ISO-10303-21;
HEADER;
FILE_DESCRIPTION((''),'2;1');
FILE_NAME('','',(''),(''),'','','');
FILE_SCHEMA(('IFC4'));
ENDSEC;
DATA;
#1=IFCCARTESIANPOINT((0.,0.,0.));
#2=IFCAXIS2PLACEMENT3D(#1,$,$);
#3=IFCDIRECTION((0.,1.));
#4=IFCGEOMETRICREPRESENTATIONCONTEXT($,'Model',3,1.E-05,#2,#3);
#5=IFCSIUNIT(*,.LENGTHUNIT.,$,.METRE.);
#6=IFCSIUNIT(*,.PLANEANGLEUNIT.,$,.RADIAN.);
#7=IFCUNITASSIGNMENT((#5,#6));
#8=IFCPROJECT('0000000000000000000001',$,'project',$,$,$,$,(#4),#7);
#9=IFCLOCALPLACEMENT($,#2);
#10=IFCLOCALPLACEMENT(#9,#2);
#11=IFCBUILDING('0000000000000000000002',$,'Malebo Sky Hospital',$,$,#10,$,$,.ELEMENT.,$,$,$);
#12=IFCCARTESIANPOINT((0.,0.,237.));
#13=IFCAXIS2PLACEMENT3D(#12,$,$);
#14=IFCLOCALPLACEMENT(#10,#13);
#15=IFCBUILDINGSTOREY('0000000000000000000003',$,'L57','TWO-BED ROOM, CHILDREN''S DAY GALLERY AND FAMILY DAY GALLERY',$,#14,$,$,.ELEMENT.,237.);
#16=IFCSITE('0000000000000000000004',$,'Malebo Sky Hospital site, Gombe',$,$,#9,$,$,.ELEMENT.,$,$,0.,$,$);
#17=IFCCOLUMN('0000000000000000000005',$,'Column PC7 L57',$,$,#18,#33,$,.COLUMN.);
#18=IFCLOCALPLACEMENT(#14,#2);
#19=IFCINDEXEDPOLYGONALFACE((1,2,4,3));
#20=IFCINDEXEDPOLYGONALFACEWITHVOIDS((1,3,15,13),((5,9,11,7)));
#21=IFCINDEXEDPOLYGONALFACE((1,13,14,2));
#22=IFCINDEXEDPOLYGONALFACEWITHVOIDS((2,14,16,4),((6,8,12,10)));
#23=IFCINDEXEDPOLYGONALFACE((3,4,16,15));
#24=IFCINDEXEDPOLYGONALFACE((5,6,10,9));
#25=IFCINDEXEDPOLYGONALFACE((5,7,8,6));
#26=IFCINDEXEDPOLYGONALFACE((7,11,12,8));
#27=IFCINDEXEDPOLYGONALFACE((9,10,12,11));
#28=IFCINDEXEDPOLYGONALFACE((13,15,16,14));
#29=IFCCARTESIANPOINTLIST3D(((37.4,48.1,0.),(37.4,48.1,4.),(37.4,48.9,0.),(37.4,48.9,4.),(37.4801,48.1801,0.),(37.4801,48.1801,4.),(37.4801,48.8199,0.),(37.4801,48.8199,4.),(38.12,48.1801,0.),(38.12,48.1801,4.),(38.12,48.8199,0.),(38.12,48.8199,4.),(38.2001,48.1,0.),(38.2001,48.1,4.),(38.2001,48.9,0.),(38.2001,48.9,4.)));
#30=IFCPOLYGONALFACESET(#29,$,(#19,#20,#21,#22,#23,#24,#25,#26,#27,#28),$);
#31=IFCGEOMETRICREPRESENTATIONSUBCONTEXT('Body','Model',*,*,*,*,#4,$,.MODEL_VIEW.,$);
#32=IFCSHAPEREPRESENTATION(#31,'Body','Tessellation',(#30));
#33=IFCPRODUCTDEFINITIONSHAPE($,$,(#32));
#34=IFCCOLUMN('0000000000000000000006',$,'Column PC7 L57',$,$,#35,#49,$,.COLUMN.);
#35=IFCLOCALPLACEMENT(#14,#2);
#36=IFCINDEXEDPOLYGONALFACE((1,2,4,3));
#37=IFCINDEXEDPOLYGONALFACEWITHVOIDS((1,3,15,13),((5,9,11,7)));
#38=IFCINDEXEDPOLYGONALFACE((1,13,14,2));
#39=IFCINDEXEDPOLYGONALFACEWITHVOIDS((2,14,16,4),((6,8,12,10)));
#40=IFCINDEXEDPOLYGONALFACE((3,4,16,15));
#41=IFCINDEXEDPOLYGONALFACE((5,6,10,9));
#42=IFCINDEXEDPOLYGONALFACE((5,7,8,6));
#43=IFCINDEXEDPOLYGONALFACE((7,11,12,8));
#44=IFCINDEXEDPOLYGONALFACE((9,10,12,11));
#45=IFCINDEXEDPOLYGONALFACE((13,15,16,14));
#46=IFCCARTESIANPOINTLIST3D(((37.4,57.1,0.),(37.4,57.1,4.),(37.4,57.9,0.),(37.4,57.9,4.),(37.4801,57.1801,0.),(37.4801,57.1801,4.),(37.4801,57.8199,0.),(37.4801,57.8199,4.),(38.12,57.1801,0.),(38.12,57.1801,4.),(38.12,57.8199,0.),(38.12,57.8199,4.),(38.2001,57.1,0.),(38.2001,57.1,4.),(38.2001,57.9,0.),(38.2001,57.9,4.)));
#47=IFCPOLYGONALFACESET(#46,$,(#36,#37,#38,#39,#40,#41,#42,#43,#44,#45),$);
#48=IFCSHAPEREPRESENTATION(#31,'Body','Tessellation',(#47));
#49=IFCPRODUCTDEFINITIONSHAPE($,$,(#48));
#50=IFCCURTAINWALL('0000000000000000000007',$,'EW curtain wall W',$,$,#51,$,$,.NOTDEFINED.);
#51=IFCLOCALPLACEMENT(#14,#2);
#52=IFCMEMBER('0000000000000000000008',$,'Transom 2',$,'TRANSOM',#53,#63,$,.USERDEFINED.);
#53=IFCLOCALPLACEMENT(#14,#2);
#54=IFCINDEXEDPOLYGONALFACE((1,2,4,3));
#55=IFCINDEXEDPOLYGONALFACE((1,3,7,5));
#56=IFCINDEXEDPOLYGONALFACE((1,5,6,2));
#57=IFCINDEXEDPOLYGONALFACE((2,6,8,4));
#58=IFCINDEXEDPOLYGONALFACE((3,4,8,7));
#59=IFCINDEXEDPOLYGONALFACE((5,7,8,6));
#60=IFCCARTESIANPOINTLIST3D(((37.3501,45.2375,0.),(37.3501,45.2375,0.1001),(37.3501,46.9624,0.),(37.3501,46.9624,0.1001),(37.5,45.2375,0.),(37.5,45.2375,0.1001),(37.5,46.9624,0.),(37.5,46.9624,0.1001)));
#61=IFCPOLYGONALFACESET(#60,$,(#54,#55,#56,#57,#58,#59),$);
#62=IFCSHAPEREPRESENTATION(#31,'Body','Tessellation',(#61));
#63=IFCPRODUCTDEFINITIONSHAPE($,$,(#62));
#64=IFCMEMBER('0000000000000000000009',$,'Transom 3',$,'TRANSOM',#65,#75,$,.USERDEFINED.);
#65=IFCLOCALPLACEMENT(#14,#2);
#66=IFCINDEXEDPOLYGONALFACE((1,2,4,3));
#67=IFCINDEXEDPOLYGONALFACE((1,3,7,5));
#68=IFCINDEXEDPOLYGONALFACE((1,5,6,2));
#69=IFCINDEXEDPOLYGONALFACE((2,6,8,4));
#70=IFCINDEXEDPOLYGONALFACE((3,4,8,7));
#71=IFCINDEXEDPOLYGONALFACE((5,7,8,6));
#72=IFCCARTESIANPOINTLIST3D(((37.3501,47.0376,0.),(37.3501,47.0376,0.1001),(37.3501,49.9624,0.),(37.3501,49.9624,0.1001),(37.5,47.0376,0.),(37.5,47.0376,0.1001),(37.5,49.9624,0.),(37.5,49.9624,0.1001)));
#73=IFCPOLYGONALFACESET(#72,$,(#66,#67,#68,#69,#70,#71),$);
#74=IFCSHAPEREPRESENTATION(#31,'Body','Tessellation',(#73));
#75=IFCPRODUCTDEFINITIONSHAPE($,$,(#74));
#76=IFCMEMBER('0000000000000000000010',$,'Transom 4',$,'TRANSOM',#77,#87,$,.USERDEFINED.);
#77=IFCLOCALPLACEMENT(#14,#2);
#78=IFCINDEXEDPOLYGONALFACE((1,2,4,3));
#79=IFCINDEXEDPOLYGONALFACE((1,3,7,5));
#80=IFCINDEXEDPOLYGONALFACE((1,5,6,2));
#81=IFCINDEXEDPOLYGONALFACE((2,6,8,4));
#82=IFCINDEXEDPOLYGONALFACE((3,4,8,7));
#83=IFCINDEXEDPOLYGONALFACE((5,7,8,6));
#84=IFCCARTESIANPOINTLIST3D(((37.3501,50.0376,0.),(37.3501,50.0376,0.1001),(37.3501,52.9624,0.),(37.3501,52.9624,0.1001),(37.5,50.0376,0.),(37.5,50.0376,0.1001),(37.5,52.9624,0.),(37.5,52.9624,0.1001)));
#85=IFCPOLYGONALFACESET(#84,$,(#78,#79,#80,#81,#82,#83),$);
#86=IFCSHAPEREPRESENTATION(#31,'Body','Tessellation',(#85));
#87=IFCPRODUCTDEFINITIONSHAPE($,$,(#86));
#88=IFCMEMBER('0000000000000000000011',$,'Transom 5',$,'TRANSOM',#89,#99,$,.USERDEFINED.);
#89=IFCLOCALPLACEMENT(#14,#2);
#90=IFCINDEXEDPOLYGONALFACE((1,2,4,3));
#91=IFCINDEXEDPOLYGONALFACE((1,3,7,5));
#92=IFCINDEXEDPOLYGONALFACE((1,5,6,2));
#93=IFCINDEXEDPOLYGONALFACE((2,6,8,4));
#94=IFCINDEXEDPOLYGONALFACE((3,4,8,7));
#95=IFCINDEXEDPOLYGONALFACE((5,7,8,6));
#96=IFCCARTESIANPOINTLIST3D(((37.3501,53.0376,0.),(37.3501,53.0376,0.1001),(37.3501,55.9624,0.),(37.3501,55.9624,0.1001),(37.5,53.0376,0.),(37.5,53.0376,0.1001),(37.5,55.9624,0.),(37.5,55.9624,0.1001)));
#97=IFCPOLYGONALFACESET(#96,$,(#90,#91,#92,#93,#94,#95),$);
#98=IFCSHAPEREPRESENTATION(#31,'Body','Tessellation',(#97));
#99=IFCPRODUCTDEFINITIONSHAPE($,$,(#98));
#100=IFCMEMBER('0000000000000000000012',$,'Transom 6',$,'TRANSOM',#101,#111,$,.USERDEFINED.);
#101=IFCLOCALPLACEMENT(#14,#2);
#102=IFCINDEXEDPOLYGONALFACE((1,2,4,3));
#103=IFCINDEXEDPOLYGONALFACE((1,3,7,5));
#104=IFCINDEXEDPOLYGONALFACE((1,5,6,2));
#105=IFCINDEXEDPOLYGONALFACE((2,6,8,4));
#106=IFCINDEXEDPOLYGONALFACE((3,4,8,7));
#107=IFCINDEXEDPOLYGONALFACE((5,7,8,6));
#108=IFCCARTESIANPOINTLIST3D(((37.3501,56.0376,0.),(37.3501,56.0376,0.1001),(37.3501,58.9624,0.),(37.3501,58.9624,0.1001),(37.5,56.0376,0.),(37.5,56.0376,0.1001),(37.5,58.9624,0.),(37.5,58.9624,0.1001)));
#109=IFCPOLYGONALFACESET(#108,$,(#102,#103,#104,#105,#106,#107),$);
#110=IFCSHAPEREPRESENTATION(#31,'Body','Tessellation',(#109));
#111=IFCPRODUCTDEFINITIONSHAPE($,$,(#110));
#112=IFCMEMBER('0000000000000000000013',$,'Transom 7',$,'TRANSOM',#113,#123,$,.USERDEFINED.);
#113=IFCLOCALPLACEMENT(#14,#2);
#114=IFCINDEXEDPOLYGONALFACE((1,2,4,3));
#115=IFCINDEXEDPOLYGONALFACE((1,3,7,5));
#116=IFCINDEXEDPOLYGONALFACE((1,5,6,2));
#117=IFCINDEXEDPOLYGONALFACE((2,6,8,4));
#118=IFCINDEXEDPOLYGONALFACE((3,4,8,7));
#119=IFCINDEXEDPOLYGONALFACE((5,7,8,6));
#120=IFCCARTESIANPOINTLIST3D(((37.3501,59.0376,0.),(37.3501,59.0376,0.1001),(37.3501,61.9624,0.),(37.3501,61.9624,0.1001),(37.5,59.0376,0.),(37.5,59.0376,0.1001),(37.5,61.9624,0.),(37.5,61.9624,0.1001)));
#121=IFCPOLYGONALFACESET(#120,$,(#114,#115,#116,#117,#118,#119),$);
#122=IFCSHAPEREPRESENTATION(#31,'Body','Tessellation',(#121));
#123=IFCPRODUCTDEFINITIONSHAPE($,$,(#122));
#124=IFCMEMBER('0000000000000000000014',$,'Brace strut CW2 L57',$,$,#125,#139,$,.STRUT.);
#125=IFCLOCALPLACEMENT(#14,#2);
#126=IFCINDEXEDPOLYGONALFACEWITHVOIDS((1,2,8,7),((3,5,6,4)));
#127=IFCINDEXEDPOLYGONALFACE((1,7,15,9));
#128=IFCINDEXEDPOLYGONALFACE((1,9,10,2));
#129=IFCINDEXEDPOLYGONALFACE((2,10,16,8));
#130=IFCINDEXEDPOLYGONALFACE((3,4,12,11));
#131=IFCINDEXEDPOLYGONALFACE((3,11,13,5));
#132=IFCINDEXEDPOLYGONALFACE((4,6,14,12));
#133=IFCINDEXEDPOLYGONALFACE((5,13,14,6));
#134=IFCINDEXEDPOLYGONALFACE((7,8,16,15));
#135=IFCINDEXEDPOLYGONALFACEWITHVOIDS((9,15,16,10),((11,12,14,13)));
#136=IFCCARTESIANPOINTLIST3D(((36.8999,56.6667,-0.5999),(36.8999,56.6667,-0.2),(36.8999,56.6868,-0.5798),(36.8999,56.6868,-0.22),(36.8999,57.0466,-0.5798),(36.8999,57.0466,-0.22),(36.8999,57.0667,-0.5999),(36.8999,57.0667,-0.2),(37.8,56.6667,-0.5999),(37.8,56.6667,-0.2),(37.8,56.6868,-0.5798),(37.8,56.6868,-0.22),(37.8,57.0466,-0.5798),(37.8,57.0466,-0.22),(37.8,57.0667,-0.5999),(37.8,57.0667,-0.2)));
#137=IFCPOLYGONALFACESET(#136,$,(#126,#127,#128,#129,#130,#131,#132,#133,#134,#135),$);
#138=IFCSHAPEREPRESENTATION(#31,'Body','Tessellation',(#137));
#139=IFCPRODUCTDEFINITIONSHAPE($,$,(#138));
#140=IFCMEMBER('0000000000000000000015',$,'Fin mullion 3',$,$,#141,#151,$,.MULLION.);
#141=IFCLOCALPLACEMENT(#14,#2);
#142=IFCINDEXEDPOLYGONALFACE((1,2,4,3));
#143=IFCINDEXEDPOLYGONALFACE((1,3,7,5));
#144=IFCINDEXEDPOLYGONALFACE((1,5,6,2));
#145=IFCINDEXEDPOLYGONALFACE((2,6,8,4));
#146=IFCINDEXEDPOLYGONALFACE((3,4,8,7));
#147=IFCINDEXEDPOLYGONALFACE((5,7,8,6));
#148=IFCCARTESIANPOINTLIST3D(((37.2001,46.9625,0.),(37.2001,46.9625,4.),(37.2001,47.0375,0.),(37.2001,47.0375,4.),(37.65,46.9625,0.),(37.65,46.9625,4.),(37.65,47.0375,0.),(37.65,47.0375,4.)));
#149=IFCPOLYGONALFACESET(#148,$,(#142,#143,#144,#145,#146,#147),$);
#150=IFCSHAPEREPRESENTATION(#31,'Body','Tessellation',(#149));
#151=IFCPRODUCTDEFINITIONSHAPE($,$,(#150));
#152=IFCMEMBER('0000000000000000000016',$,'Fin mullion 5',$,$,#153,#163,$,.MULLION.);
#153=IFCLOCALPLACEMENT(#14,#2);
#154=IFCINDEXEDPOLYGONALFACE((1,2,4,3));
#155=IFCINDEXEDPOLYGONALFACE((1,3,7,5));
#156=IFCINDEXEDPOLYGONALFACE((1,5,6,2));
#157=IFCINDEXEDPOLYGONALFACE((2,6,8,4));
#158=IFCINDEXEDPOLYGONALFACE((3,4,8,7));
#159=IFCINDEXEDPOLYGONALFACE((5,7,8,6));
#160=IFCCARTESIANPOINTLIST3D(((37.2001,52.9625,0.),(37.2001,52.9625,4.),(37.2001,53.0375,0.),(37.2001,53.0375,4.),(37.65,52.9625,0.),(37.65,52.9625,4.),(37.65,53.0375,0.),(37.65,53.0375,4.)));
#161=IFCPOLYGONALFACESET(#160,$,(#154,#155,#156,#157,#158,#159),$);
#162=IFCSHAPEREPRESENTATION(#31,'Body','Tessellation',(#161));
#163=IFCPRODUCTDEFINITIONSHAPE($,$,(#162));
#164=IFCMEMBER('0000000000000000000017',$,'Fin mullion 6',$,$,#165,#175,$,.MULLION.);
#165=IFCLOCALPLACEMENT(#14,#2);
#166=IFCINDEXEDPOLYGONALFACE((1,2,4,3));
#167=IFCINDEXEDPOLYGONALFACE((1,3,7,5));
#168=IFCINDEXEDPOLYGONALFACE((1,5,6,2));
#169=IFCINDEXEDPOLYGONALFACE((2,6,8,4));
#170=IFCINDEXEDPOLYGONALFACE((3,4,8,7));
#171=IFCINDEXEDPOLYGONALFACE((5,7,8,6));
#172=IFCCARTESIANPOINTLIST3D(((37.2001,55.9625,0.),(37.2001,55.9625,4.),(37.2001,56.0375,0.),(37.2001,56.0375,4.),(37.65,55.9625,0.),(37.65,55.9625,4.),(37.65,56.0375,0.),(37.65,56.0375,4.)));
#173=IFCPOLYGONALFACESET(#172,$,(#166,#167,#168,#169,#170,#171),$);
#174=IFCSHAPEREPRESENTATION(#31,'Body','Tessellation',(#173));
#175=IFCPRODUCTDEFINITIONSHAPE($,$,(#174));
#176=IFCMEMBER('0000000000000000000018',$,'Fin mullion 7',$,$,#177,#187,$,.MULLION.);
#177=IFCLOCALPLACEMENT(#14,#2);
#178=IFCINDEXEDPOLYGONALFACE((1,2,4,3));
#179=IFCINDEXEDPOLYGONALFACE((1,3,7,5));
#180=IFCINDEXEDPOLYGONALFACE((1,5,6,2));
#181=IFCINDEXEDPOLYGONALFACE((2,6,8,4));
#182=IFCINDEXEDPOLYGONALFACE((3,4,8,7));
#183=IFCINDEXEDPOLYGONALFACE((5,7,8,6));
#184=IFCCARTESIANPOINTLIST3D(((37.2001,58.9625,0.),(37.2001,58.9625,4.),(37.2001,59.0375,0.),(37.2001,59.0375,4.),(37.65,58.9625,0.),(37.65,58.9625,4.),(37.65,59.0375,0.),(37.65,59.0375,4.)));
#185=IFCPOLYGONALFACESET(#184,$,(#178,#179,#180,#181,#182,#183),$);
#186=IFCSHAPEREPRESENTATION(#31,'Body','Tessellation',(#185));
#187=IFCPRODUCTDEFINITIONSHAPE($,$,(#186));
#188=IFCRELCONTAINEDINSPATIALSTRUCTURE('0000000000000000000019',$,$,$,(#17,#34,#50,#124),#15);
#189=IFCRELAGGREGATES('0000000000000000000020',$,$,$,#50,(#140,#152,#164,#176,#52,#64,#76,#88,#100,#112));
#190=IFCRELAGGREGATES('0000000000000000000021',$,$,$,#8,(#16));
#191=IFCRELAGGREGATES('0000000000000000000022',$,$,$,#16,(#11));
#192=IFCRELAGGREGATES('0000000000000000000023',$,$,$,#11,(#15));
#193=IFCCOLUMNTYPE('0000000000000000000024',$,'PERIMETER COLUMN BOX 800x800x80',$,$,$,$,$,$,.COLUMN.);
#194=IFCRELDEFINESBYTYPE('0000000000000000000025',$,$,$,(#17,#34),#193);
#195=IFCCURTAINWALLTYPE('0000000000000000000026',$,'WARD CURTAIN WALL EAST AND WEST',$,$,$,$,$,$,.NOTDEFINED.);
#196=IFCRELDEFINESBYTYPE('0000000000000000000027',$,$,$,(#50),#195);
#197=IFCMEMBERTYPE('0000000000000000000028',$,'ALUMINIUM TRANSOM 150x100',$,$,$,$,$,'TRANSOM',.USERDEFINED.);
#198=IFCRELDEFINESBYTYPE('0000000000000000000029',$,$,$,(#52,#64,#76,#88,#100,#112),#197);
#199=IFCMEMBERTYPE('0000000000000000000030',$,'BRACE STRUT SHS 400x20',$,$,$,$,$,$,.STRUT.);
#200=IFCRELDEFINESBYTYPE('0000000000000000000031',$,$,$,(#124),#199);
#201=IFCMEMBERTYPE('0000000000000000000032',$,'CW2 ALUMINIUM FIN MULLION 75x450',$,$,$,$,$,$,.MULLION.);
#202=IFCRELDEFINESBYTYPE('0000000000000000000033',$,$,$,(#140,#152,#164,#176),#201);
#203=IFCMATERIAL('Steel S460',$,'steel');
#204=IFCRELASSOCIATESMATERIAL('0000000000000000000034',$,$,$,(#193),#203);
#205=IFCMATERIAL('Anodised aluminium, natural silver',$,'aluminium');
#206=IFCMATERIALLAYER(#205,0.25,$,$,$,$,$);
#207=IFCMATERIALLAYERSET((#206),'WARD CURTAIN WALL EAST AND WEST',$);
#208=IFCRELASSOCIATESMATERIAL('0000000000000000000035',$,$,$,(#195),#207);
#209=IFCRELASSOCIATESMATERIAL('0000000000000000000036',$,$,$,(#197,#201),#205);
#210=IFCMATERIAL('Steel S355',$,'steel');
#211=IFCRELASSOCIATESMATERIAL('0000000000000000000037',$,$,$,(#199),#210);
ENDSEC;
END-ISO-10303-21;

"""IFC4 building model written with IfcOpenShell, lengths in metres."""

from ifc_helpers import new_model, si_unit, direction, frame, origin, origin_2d, place, context, subcontext, project, spatial, rectangle, hollow_rectangle, extrude, material, layer, layer_set, material_profile, profile_set, type_object, element, aggregate, save


model = new_model("IFC4")

# Units and contexts
model_context = context("Model", 3, precision=1e-05, world=origin(), true_north=direction((0.0, 1.0)))
body_context = subcontext(model_context, "Body", "Model", "MODEL_VIEW")
ifc_project = project(units=[si_unit("LENGTHUNIT", "METRE"), si_unit("PLANEANGLEUNIT", "RADIAN")], contexts=[model_context])

# Site, building, storey
site_placement = place(None, origin())
site = spatial("IfcSite", under=ifc_project, at=site_placement, Name="Malebo Sky Hospital site, Gombe", CompositionType="ELEMENT", RefElevation=0.0)
building_placement = place(site_placement, origin())
building = spatial("IfcBuilding", under=site, at=building_placement, Name="Malebo Sky Hospital", CompositionType="ELEMENT")
storey_placement = place(building_placement, frame((0.0, 0.0, 237.0)))
storey = spatial("IfcBuildingStorey", under=building, at=storey_placement, Name="L57", Description="TWO-BED ROOM, CHILDREN'S DAY GALLERY AND FAMILY DAY GALLERY", CompositionType="ELEMENT", Elevation=237.0)

# Columns
ifc_material_1 = material(Name="Steel S460", Category="steel")
ifc_material_profile_1 = material_profile(ifc_material_1, hollow_rectangle(XDim=0.8, YDim=0.8, WallThickness=0.0801, at=origin_2d()), Name="BOX 800x800x80")
ifc_profile_set_1 = profile_set([ifc_material_profile_1], Name="Steel S460")
column_type = type_object("IfcColumnType", Name="PERIMETER COLUMN BOX 800x800x80", PredefinedType="COLUMN", material=ifc_profile_set_1)
for number, where, z_axis, x_axis, name in (
    (1, (37.8, 48.5, 0.0), (0.0, 0.0, 1.0), (1.0, 0.0, 0.0), "Column PC7 L57"),
    (2, (37.8, 57.5, 0.0), (0.0, 0.0, 1.0), (1.0, 0.0, 0.0), "Column PC7 L57"),
):
    element("IfcColumn", number, at=place(storey_placement, frame(where, z_axis=z_axis, x_axis=x_axis)), inside=storey, type_object=column_type, Name=name, PredefinedType="COLUMN", context=body_context, shape_type="SweptSolid", body=[
        extrude(hollow_rectangle(XDim=0.8, YDim=0.8, WallThickness=0.0801, at=origin_2d()), origin(), (0.0, 0.0, 1.0), 4.0),
    ])

# Curtain wall, members
ifc_material_2 = material(Name="Anodised aluminium, natural silver", Category="aluminium")
ifc_layer_1 = layer(ifc_material_2, 0.25)
ifc_layer_set_1 = layer_set([ifc_layer_1], Name="WARD CURTAIN WALL EAST AND WEST")
curtain_wall_type = type_object("IfcCurtainWallType", Name="WARD CURTAIN WALL EAST AND WEST", PredefinedType="NOTDEFINED", material=ifc_layer_set_1)
curtain_wall_placement = place(storey_placement, origin())
curtain_wall = element("IfcCurtainWall", 3, at=curtain_wall_placement, inside=storey, type_object=curtain_wall_type, Name="EW curtain wall W", PredefinedType="NOTDEFINED")
ifc_material_profile_2 = material_profile(ifc_material_2, rectangle(XDim=0.1499, YDim=0.1001, at=origin_2d()), Name="ALUMINIUM TRANSOM 150x100")
ifc_profile_set_2 = profile_set([ifc_material_profile_2], Name="Anodised aluminium, natural silver")
member_type_1 = type_object("IfcMemberType", Name="ALUMINIUM TRANSOM 150x100", ElementType="TRANSOM", PredefinedType="USERDEFINED", material=ifc_profile_set_2)
member_1_placement = place(storey_placement, frame((37.425, 45.2375, 0.05), z_axis=(0.0, 1.0, 0.0), x_axis=(-1.0, 0.0, 0.0)))
member_1 = element("IfcMember", 4, at=member_1_placement, type_object=member_type_1, Name="Transom 2", ObjectType="TRANSOM", PredefinedType="USERDEFINED", context=body_context, shape_type="SweptSolid", body=[
    extrude(rectangle(XDim=0.1499, YDim=0.1001, at=origin_2d()), origin(), (0.0, 0.0, 1.0), 1.7249),
])
member_2_placement = place(storey_placement, frame((37.425, 47.0376, 0.05), z_axis=(0.0, 1.0, 0.0), x_axis=(-1.0, 0.0, 0.0)))
member_2 = element("IfcMember", 5, at=member_2_placement, type_object=member_type_1, Name="Transom 3", ObjectType="TRANSOM", PredefinedType="USERDEFINED", context=body_context, shape_type="SweptSolid", body=[
    extrude(rectangle(XDim=0.1499, YDim=0.1001, at=origin_2d()), origin(), (0.0, 0.0, 1.0), 2.9248),
])
member_3_placement = place(storey_placement, frame((37.425, 50.0376, 0.05), z_axis=(0.0, 1.0, 0.0), x_axis=(-1.0, 0.0, 0.0)))
member_3 = element("IfcMember", 6, at=member_3_placement, type_object=member_type_1, Name="Transom 4", ObjectType="TRANSOM", PredefinedType="USERDEFINED", context=body_context, shape_type="SweptSolid", body=[
    extrude(rectangle(XDim=0.1499, YDim=0.1001, at=origin_2d()), origin(), (0.0, 0.0, 1.0), 2.9248),
])
member_4_placement = place(storey_placement, frame((37.425, 53.0376, 0.05), z_axis=(0.0, 1.0, 0.0), x_axis=(-1.0, 0.0, 0.0)))
member_4 = element("IfcMember", 7, at=member_4_placement, type_object=member_type_1, Name="Transom 5", ObjectType="TRANSOM", PredefinedType="USERDEFINED", context=body_context, shape_type="SweptSolid", body=[
    extrude(rectangle(XDim=0.1499, YDim=0.1001, at=origin_2d()), origin(), (0.0, 0.0, 1.0), 2.9248),
])
member_5_placement = place(storey_placement, frame((37.425, 56.0376, 0.05), z_axis=(0.0, 1.0, 0.0), x_axis=(-1.0, 0.0, 0.0)))
member_5 = element("IfcMember", 8, at=member_5_placement, type_object=member_type_1, Name="Transom 6", ObjectType="TRANSOM", PredefinedType="USERDEFINED", context=body_context, shape_type="SweptSolid", body=[
    extrude(rectangle(XDim=0.1499, YDim=0.1001, at=origin_2d()), origin(), (0.0, 0.0, 1.0), 2.9248),
])
member_6_placement = place(storey_placement, frame((37.425, 59.0376, 0.05), z_axis=(0.0, 1.0, 0.0), x_axis=(-1.0, 0.0, 0.0)))
member_6 = element("IfcMember", 9, at=member_6_placement, type_object=member_type_1, Name="Transom 7", ObjectType="TRANSOM", PredefinedType="USERDEFINED", context=body_context, shape_type="SweptSolid", body=[
    extrude(rectangle(XDim=0.1499, YDim=0.1001, at=origin_2d()), origin(), (0.0, 0.0, 1.0), 2.9248),
])

# Members
ifc_material_3 = material(Name="Steel S355", Category="steel")
ifc_material_profile_3 = material_profile(ifc_material_3, hollow_rectangle(XDim=0.3999, YDim=0.3999, WallThickness=0.02, at=origin_2d()), Name="SHS 400x20")
ifc_profile_set_3 = profile_set([ifc_material_profile_3], Name="Steel S355")
member_type_2 = type_object("IfcMemberType", Name="BRACE STRUT SHS 400x20", PredefinedType="STRUT", material=ifc_profile_set_3)
member_7_placement = place(storey_placement, frame((36.8999, 56.8667, -0.3999), z_axis=(1.0, 0.0, 0.0), x_axis=(0.0, 1.0, 0.0)))
element("IfcMember", 10, at=member_7_placement, inside=storey, type_object=member_type_2, Name="Brace strut CW2 L57", PredefinedType="STRUT", context=body_context, shape_type="SweptSolid", body=[
    extrude(hollow_rectangle(XDim=0.3999, YDim=0.3999, WallThickness=0.02, at=origin_2d()), origin(), (0.0, 0.0, 1.0), 0.9001),
])
ifc_material_profile_4 = material_profile(ifc_material_2, rectangle(XDim=0.075, YDim=0.45, at=origin_2d()), Name="CW2 ALUMINIUM FIN MULLION 75x450")
ifc_profile_set_4 = profile_set([ifc_material_profile_4], Name="Anodised aluminium, natural silver")
member_type_3 = type_object("IfcMemberType", Name="CW2 ALUMINIUM FIN MULLION 75x450", PredefinedType="MULLION", material=ifc_profile_set_4)
member_8_placement = place(storey_placement, frame((37.425, 47.0, 0.0), z_axis=(0.0, 0.0, 1.0), x_axis=(0.0, 1.0, 0.0)))
member_8 = element("IfcMember", 11, at=member_8_placement, type_object=member_type_3, Name="Fin mullion 3", PredefinedType="MULLION", context=body_context, shape_type="SweptSolid", body=[
    extrude(rectangle(XDim=0.075, YDim=0.45, at=origin_2d()), origin(), (0.0, 0.0, 1.0), 4.0),
])
member_9_placement = place(storey_placement, frame((37.425, 53.0, 0.0), z_axis=(0.0, 0.0, 1.0), x_axis=(0.0, 1.0, 0.0)))
member_9 = element("IfcMember", 12, at=member_9_placement, type_object=member_type_3, Name="Fin mullion 5", PredefinedType="MULLION", context=body_context, shape_type="SweptSolid", body=[
    extrude(rectangle(XDim=0.075, YDim=0.45, at=origin_2d()), origin(), (0.0, 0.0, 1.0), 4.0),
])
member_10_placement = place(storey_placement, frame((37.425, 56.0, 0.0), z_axis=(0.0, 0.0, 1.0), x_axis=(0.0, 1.0, 0.0)))
member_10 = element("IfcMember", 13, at=member_10_placement, type_object=member_type_3, Name="Fin mullion 6", PredefinedType="MULLION", context=body_context, shape_type="SweptSolid", body=[
    extrude(rectangle(XDim=0.075, YDim=0.45, at=origin_2d()), origin(), (0.0, 0.0, 1.0), 4.0),
])
member_11_placement = place(storey_placement, frame((37.425, 59.0, 0.0), z_axis=(0.0, 0.0, 1.0), x_axis=(0.0, 1.0, 0.0)))
member_11 = element("IfcMember", 14, at=member_11_placement, type_object=member_type_3, Name="Fin mullion 7", PredefinedType="MULLION", context=body_context, shape_type="SweptSolid", body=[
    extrude(rectangle(XDim=0.075, YDim=0.45, at=origin_2d()), origin(), (0.0, 0.0, 1.0), 4.0),
])

aggregate(curtain_wall, [member_8, member_9, member_10, member_11, member_1, member_2, member_3, member_4, member_5, member_6])

save(model, "model.ifc")
